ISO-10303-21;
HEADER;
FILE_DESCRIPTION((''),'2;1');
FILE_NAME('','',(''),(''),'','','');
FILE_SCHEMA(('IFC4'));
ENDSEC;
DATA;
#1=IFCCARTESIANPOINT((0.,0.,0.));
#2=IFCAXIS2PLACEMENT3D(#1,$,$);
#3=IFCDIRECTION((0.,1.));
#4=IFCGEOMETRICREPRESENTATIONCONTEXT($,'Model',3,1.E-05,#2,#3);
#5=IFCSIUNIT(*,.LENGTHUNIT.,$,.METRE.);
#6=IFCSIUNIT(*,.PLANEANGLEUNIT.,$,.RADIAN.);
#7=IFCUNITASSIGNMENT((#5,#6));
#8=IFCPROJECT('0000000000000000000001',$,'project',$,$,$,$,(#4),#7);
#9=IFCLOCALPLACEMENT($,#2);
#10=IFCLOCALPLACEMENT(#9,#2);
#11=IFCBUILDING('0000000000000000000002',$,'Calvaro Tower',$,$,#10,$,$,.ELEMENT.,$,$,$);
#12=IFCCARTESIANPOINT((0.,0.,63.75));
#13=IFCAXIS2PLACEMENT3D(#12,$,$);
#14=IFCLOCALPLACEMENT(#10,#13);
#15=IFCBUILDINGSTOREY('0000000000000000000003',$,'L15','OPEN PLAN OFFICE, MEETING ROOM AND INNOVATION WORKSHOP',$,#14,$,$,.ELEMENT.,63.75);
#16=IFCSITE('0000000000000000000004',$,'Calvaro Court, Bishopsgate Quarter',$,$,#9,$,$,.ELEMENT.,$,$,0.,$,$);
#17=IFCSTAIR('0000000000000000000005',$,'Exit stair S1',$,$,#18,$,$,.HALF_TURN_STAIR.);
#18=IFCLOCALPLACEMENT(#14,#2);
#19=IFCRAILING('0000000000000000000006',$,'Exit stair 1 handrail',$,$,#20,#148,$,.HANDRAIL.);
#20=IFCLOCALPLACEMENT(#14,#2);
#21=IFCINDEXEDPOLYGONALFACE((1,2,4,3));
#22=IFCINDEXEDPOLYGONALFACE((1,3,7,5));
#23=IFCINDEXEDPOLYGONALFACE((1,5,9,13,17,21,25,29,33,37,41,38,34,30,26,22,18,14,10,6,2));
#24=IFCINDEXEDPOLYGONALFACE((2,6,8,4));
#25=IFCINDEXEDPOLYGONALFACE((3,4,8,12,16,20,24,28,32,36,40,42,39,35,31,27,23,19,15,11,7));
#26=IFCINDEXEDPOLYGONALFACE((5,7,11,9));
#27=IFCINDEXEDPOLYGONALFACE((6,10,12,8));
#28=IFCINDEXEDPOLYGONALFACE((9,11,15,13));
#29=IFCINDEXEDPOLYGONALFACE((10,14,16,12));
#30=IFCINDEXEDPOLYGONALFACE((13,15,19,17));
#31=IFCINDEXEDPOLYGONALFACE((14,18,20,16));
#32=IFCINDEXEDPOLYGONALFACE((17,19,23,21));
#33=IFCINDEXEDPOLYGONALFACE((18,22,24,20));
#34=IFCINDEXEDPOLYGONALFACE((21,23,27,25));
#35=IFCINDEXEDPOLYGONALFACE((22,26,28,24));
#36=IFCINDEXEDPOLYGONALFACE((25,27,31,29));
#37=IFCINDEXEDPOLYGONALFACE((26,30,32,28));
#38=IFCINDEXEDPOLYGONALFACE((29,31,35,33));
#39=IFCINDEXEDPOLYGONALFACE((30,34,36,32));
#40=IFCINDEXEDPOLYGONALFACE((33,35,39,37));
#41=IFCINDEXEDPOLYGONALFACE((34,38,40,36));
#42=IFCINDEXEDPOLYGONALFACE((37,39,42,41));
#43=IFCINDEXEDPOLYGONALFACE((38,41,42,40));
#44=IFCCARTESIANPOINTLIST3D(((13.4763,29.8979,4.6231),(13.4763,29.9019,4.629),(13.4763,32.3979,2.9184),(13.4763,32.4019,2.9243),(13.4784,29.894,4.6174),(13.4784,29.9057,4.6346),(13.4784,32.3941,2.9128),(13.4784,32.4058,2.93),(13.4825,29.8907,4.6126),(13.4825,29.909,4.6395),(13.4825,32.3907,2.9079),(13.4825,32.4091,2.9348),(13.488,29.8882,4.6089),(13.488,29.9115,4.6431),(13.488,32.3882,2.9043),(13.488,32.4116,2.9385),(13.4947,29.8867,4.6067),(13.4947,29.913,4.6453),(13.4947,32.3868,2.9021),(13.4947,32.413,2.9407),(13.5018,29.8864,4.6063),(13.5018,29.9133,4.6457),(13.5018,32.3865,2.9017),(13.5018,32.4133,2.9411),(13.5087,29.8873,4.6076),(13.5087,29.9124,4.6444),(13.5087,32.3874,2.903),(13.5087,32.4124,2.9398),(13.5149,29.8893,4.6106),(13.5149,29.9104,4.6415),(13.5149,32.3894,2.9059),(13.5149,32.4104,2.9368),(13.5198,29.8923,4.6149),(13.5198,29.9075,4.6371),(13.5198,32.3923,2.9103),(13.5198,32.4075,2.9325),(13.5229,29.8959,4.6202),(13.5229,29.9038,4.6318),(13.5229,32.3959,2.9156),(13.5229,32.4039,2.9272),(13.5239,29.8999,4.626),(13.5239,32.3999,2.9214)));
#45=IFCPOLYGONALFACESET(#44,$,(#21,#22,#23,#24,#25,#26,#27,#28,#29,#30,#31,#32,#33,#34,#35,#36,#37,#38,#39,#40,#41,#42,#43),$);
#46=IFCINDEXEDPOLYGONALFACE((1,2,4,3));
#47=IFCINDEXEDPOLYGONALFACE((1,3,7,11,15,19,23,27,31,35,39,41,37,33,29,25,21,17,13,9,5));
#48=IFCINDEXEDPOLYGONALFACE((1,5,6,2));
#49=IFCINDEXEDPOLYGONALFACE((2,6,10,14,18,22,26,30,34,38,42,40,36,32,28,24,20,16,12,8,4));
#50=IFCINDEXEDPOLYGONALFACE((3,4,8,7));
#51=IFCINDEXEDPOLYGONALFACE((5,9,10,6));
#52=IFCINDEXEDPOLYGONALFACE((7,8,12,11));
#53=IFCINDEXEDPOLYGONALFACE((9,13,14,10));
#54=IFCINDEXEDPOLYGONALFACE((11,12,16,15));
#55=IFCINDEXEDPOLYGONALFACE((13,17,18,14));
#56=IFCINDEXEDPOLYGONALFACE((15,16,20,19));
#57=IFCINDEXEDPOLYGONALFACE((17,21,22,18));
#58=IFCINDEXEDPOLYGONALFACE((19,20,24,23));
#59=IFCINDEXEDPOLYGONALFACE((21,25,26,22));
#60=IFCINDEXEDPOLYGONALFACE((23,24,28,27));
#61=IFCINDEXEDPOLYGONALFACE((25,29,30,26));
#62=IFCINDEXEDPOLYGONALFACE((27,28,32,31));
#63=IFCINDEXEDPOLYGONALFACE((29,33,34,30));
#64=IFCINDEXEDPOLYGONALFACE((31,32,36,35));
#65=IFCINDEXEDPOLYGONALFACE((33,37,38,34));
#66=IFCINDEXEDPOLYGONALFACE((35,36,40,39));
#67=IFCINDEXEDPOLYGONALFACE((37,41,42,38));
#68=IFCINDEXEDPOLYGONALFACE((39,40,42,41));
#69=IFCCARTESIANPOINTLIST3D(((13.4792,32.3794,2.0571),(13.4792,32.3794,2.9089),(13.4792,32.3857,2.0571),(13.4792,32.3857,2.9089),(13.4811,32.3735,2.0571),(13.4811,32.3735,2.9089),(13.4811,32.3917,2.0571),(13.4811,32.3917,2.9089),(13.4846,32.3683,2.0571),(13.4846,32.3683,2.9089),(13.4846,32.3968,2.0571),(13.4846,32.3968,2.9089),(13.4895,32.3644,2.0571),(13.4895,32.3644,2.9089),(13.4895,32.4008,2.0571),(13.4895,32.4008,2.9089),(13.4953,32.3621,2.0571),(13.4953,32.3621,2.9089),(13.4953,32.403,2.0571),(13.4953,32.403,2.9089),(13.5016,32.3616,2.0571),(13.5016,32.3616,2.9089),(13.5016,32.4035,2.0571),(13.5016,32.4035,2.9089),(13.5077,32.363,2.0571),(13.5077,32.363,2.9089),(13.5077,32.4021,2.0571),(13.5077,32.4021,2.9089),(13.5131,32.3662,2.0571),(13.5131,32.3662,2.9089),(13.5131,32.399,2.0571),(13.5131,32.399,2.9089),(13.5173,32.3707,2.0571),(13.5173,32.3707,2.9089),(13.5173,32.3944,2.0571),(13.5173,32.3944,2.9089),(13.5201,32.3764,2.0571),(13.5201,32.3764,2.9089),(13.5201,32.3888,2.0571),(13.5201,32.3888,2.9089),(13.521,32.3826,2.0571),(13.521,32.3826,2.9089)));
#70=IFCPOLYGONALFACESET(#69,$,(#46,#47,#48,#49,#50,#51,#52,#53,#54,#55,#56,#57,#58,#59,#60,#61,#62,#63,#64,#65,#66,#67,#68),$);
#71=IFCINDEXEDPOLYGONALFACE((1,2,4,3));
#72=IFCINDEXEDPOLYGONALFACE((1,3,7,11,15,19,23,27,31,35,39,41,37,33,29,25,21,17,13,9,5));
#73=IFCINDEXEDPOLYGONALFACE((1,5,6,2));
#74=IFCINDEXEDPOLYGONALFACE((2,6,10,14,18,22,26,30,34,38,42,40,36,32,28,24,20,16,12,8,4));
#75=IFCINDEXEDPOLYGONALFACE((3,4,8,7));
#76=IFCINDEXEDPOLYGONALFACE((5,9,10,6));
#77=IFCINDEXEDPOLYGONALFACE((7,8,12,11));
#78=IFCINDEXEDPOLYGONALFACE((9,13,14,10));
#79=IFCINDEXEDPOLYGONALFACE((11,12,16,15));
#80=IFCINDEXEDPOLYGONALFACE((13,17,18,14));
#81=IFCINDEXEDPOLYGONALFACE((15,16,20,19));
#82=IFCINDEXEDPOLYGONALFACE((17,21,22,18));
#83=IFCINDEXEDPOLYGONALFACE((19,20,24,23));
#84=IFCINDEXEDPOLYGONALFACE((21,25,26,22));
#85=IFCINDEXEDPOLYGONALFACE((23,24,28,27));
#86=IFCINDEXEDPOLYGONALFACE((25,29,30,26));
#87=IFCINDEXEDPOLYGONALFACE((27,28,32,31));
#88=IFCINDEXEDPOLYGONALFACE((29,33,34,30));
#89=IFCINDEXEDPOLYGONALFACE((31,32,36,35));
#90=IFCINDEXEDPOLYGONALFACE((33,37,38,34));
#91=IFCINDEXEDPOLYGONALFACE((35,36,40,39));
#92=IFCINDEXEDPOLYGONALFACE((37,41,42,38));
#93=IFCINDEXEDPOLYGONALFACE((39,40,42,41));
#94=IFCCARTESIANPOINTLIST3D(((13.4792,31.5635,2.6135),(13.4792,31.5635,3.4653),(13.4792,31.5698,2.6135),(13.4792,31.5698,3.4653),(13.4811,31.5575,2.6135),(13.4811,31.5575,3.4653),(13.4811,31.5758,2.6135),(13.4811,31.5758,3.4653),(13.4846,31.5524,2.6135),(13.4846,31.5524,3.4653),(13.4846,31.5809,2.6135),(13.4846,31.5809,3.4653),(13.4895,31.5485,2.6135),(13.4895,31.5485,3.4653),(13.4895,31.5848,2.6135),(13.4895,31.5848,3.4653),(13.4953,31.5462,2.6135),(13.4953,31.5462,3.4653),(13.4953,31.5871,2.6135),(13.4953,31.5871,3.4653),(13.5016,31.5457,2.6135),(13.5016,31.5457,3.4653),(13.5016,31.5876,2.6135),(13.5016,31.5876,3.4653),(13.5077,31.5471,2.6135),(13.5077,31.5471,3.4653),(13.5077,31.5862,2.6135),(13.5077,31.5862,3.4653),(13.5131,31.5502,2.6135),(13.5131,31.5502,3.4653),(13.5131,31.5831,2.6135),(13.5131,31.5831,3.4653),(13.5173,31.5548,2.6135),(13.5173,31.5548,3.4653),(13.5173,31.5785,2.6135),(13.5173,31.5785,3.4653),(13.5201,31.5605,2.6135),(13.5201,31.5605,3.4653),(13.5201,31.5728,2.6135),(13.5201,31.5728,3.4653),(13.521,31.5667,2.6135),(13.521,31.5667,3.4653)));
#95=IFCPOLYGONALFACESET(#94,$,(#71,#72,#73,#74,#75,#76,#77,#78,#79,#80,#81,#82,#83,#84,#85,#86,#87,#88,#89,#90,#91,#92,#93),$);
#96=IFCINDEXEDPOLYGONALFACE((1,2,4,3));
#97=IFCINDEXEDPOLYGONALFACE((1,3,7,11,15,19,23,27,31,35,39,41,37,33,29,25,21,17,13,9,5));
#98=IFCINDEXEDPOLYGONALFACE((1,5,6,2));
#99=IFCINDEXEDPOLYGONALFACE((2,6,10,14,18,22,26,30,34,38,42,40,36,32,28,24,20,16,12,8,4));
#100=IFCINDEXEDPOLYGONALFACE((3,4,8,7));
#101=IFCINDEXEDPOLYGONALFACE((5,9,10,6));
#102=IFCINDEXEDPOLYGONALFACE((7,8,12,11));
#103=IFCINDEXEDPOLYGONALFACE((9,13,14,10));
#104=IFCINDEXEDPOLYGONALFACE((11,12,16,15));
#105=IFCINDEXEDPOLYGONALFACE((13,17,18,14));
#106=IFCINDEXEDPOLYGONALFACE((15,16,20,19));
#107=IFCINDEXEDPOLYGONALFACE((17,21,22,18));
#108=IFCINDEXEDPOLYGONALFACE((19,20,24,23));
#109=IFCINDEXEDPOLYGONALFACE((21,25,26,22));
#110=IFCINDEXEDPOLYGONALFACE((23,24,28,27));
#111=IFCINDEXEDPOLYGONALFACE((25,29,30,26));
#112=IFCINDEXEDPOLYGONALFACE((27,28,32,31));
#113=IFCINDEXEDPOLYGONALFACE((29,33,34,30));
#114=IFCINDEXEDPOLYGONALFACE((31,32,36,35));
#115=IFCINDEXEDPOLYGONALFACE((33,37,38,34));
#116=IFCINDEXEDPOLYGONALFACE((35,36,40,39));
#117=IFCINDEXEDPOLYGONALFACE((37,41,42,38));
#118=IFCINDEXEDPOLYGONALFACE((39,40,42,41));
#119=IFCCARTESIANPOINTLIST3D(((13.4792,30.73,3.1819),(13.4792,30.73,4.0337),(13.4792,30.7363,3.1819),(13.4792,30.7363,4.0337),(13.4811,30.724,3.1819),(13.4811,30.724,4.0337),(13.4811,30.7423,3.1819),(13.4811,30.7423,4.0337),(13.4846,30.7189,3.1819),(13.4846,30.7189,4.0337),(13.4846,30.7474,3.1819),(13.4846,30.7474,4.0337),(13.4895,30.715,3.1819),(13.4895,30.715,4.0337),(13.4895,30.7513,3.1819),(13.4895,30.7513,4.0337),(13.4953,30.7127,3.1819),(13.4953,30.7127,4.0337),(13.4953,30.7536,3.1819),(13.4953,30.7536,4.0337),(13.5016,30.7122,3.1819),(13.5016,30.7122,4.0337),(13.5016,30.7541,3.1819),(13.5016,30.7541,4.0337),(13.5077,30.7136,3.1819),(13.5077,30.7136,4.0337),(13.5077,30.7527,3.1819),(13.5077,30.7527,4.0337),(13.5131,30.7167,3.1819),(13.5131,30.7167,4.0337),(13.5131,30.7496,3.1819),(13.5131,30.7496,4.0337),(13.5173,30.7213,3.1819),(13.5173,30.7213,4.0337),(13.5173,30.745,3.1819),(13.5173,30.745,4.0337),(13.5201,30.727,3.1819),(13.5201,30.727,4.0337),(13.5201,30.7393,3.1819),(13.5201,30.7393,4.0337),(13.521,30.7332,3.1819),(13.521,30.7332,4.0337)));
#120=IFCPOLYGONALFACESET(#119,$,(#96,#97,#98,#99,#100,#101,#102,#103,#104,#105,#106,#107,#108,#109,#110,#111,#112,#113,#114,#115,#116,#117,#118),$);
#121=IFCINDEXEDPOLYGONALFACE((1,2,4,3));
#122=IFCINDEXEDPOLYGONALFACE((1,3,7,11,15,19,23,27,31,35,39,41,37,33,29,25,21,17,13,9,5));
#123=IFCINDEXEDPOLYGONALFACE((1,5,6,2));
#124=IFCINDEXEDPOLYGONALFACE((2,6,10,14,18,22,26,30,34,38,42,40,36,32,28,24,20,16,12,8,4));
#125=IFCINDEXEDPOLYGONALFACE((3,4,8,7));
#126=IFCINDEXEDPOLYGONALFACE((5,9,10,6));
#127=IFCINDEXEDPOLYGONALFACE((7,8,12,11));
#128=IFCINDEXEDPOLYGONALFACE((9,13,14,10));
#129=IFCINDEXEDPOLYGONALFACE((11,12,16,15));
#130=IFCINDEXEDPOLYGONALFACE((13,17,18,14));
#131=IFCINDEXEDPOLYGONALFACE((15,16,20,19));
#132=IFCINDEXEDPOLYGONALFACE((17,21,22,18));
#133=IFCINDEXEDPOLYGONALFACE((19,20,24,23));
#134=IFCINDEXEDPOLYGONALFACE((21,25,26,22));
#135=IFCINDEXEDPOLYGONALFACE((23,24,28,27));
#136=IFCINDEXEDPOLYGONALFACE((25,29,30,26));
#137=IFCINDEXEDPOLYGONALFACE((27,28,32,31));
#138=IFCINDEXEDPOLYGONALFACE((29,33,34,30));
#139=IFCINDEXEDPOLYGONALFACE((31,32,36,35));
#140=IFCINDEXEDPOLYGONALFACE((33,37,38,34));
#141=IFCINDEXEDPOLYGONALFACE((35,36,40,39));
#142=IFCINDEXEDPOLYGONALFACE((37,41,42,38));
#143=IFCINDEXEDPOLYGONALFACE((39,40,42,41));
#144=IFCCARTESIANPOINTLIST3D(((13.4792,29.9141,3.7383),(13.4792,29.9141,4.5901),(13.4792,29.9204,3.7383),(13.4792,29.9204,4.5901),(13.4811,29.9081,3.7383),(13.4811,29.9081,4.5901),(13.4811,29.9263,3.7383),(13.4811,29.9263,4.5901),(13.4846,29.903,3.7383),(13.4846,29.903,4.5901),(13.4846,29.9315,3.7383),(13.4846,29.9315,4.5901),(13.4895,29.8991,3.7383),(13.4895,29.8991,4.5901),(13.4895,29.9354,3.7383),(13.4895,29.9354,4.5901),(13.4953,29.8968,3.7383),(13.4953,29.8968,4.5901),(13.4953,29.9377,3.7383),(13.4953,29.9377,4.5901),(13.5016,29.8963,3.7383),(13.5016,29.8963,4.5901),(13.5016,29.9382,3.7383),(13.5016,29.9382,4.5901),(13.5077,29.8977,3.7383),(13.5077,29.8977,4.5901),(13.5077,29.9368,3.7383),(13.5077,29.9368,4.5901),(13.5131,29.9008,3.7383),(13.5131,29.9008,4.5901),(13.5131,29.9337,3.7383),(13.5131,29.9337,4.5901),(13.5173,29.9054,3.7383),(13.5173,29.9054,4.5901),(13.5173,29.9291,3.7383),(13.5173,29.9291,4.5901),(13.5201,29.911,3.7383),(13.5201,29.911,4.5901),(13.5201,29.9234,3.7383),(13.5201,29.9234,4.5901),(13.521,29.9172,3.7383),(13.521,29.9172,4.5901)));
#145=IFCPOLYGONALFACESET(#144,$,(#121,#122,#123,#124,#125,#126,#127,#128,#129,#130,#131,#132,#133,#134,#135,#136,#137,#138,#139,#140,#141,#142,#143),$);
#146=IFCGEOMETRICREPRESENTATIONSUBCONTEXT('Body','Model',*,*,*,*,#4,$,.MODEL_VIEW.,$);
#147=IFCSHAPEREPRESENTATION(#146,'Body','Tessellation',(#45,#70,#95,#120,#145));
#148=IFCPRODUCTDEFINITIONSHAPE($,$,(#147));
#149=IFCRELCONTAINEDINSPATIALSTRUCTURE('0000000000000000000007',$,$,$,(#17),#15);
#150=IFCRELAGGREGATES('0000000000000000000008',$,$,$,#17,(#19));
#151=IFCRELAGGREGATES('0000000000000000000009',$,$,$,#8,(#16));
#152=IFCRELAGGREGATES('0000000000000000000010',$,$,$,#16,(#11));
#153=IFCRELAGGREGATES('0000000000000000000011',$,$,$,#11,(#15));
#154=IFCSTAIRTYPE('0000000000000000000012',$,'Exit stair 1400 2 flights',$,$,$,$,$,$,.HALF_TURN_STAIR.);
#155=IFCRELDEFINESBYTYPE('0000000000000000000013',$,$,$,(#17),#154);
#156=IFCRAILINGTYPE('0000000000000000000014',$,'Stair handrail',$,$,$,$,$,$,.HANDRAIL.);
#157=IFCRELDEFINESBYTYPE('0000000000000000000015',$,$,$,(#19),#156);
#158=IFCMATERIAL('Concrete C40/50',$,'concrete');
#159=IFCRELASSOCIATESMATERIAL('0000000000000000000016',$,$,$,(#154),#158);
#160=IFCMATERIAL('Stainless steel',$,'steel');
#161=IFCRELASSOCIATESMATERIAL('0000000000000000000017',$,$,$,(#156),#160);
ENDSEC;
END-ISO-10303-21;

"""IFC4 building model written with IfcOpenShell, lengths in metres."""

from ifc_helpers import new_model, si_unit, direction, frame, origin, origin_2d, place, context, subcontext, project, spatial, circle, extrude, material, type_object, element, aggregate, save


model = new_model("IFC4")

# Units and contexts
model_context = context("Model", 3, precision=1e-05, world=origin(), true_north=direction((0.0, 1.0)))
body_context = subcontext(model_context, "Body", "Model", "MODEL_VIEW")
ifc_project = project(units=[si_unit("LENGTHUNIT", "METRE"), si_unit("PLANEANGLEUNIT", "RADIAN")], contexts=[model_context])

# Site, building, storey
site_placement = place(None, origin())
site = spatial("IfcSite", under=ifc_project, at=site_placement, Name="Calvaro Court, Bishopsgate Quarter", CompositionType="ELEMENT", RefElevation=0.0)
building_placement = place(site_placement, origin())
building = spatial("IfcBuilding", under=site, at=building_placement, Name="Calvaro Tower", CompositionType="ELEMENT")
storey_placement = place(building_placement, frame((0.0, 0.0, 63.75)))
storey = spatial("IfcBuildingStorey", under=building, at=storey_placement, Name="L15", Description="OPEN PLAN OFFICE, MEETING ROOM AND INNOVATION WORKSHOP", CompositionType="ELEMENT", Elevation=63.75)

# Stair, railing
ifc_material_1 = material(Name="Concrete C40/50", Category="concrete")
stair_type = type_object("IfcStairType", Name="Exit stair 1400 2 flights", PredefinedType="HALF_TURN_STAIR", material=ifc_material_1)
stair_placement = place(storey_placement, origin())
stair = element("IfcStair", 1, at=stair_placement, inside=storey, type_object=stair_type, Name="Exit stair S1", PredefinedType="HALF_TURN_STAIR")
ifc_material_2 = material(Name="Stainless steel", Category="steel")
railing_type = type_object("IfcRailingType", Name="Stair handrail", PredefinedType="HANDRAIL", material=ifc_material_2)
railing_1_placement = place(storey_placement, frame((13.5, 32.3999, 2.0454)))
railing_1 = element("IfcRailing", 2, at=railing_1_placement, type_object=railing_type, Name="Exit stair 1 handrail", PredefinedType="HANDRAIL", context=body_context, shape_type="SweptSolid", body=[
    extrude(circle(Radius=0.0239, at=origin_2d()), frame((0.0, 0.0, 0.876), z_axis=(0.0, -0.826221, 0.563347), x_axis=(1.0, 0.0, 0.0)), (0.0, 0.0, 1.0), 3.0259),
    extrude(circle(Radius=0.021, at=origin_2d()), frame((0.0, -0.0173, 0.0117)), (0.0, 0.0, 1.0), 0.8518),
    extrude(circle(Radius=0.021, at=origin_2d()), frame((0.0, -0.8333, 0.5681)), (0.0, 0.0, 1.0), 0.8518),
    extrude(circle(Radius=0.021, at=origin_2d()), frame((0.0, -1.6667, 1.1365)), (0.0, 0.0, 1.0), 0.8518),
    extrude(circle(Radius=0.021, at=origin_2d()), frame((0.0, -2.4827, 1.6929)), (0.0, 0.0, 1.0), 0.8518),
])
aggregate(stair, [railing_1])

save(model, "model.ifc")
